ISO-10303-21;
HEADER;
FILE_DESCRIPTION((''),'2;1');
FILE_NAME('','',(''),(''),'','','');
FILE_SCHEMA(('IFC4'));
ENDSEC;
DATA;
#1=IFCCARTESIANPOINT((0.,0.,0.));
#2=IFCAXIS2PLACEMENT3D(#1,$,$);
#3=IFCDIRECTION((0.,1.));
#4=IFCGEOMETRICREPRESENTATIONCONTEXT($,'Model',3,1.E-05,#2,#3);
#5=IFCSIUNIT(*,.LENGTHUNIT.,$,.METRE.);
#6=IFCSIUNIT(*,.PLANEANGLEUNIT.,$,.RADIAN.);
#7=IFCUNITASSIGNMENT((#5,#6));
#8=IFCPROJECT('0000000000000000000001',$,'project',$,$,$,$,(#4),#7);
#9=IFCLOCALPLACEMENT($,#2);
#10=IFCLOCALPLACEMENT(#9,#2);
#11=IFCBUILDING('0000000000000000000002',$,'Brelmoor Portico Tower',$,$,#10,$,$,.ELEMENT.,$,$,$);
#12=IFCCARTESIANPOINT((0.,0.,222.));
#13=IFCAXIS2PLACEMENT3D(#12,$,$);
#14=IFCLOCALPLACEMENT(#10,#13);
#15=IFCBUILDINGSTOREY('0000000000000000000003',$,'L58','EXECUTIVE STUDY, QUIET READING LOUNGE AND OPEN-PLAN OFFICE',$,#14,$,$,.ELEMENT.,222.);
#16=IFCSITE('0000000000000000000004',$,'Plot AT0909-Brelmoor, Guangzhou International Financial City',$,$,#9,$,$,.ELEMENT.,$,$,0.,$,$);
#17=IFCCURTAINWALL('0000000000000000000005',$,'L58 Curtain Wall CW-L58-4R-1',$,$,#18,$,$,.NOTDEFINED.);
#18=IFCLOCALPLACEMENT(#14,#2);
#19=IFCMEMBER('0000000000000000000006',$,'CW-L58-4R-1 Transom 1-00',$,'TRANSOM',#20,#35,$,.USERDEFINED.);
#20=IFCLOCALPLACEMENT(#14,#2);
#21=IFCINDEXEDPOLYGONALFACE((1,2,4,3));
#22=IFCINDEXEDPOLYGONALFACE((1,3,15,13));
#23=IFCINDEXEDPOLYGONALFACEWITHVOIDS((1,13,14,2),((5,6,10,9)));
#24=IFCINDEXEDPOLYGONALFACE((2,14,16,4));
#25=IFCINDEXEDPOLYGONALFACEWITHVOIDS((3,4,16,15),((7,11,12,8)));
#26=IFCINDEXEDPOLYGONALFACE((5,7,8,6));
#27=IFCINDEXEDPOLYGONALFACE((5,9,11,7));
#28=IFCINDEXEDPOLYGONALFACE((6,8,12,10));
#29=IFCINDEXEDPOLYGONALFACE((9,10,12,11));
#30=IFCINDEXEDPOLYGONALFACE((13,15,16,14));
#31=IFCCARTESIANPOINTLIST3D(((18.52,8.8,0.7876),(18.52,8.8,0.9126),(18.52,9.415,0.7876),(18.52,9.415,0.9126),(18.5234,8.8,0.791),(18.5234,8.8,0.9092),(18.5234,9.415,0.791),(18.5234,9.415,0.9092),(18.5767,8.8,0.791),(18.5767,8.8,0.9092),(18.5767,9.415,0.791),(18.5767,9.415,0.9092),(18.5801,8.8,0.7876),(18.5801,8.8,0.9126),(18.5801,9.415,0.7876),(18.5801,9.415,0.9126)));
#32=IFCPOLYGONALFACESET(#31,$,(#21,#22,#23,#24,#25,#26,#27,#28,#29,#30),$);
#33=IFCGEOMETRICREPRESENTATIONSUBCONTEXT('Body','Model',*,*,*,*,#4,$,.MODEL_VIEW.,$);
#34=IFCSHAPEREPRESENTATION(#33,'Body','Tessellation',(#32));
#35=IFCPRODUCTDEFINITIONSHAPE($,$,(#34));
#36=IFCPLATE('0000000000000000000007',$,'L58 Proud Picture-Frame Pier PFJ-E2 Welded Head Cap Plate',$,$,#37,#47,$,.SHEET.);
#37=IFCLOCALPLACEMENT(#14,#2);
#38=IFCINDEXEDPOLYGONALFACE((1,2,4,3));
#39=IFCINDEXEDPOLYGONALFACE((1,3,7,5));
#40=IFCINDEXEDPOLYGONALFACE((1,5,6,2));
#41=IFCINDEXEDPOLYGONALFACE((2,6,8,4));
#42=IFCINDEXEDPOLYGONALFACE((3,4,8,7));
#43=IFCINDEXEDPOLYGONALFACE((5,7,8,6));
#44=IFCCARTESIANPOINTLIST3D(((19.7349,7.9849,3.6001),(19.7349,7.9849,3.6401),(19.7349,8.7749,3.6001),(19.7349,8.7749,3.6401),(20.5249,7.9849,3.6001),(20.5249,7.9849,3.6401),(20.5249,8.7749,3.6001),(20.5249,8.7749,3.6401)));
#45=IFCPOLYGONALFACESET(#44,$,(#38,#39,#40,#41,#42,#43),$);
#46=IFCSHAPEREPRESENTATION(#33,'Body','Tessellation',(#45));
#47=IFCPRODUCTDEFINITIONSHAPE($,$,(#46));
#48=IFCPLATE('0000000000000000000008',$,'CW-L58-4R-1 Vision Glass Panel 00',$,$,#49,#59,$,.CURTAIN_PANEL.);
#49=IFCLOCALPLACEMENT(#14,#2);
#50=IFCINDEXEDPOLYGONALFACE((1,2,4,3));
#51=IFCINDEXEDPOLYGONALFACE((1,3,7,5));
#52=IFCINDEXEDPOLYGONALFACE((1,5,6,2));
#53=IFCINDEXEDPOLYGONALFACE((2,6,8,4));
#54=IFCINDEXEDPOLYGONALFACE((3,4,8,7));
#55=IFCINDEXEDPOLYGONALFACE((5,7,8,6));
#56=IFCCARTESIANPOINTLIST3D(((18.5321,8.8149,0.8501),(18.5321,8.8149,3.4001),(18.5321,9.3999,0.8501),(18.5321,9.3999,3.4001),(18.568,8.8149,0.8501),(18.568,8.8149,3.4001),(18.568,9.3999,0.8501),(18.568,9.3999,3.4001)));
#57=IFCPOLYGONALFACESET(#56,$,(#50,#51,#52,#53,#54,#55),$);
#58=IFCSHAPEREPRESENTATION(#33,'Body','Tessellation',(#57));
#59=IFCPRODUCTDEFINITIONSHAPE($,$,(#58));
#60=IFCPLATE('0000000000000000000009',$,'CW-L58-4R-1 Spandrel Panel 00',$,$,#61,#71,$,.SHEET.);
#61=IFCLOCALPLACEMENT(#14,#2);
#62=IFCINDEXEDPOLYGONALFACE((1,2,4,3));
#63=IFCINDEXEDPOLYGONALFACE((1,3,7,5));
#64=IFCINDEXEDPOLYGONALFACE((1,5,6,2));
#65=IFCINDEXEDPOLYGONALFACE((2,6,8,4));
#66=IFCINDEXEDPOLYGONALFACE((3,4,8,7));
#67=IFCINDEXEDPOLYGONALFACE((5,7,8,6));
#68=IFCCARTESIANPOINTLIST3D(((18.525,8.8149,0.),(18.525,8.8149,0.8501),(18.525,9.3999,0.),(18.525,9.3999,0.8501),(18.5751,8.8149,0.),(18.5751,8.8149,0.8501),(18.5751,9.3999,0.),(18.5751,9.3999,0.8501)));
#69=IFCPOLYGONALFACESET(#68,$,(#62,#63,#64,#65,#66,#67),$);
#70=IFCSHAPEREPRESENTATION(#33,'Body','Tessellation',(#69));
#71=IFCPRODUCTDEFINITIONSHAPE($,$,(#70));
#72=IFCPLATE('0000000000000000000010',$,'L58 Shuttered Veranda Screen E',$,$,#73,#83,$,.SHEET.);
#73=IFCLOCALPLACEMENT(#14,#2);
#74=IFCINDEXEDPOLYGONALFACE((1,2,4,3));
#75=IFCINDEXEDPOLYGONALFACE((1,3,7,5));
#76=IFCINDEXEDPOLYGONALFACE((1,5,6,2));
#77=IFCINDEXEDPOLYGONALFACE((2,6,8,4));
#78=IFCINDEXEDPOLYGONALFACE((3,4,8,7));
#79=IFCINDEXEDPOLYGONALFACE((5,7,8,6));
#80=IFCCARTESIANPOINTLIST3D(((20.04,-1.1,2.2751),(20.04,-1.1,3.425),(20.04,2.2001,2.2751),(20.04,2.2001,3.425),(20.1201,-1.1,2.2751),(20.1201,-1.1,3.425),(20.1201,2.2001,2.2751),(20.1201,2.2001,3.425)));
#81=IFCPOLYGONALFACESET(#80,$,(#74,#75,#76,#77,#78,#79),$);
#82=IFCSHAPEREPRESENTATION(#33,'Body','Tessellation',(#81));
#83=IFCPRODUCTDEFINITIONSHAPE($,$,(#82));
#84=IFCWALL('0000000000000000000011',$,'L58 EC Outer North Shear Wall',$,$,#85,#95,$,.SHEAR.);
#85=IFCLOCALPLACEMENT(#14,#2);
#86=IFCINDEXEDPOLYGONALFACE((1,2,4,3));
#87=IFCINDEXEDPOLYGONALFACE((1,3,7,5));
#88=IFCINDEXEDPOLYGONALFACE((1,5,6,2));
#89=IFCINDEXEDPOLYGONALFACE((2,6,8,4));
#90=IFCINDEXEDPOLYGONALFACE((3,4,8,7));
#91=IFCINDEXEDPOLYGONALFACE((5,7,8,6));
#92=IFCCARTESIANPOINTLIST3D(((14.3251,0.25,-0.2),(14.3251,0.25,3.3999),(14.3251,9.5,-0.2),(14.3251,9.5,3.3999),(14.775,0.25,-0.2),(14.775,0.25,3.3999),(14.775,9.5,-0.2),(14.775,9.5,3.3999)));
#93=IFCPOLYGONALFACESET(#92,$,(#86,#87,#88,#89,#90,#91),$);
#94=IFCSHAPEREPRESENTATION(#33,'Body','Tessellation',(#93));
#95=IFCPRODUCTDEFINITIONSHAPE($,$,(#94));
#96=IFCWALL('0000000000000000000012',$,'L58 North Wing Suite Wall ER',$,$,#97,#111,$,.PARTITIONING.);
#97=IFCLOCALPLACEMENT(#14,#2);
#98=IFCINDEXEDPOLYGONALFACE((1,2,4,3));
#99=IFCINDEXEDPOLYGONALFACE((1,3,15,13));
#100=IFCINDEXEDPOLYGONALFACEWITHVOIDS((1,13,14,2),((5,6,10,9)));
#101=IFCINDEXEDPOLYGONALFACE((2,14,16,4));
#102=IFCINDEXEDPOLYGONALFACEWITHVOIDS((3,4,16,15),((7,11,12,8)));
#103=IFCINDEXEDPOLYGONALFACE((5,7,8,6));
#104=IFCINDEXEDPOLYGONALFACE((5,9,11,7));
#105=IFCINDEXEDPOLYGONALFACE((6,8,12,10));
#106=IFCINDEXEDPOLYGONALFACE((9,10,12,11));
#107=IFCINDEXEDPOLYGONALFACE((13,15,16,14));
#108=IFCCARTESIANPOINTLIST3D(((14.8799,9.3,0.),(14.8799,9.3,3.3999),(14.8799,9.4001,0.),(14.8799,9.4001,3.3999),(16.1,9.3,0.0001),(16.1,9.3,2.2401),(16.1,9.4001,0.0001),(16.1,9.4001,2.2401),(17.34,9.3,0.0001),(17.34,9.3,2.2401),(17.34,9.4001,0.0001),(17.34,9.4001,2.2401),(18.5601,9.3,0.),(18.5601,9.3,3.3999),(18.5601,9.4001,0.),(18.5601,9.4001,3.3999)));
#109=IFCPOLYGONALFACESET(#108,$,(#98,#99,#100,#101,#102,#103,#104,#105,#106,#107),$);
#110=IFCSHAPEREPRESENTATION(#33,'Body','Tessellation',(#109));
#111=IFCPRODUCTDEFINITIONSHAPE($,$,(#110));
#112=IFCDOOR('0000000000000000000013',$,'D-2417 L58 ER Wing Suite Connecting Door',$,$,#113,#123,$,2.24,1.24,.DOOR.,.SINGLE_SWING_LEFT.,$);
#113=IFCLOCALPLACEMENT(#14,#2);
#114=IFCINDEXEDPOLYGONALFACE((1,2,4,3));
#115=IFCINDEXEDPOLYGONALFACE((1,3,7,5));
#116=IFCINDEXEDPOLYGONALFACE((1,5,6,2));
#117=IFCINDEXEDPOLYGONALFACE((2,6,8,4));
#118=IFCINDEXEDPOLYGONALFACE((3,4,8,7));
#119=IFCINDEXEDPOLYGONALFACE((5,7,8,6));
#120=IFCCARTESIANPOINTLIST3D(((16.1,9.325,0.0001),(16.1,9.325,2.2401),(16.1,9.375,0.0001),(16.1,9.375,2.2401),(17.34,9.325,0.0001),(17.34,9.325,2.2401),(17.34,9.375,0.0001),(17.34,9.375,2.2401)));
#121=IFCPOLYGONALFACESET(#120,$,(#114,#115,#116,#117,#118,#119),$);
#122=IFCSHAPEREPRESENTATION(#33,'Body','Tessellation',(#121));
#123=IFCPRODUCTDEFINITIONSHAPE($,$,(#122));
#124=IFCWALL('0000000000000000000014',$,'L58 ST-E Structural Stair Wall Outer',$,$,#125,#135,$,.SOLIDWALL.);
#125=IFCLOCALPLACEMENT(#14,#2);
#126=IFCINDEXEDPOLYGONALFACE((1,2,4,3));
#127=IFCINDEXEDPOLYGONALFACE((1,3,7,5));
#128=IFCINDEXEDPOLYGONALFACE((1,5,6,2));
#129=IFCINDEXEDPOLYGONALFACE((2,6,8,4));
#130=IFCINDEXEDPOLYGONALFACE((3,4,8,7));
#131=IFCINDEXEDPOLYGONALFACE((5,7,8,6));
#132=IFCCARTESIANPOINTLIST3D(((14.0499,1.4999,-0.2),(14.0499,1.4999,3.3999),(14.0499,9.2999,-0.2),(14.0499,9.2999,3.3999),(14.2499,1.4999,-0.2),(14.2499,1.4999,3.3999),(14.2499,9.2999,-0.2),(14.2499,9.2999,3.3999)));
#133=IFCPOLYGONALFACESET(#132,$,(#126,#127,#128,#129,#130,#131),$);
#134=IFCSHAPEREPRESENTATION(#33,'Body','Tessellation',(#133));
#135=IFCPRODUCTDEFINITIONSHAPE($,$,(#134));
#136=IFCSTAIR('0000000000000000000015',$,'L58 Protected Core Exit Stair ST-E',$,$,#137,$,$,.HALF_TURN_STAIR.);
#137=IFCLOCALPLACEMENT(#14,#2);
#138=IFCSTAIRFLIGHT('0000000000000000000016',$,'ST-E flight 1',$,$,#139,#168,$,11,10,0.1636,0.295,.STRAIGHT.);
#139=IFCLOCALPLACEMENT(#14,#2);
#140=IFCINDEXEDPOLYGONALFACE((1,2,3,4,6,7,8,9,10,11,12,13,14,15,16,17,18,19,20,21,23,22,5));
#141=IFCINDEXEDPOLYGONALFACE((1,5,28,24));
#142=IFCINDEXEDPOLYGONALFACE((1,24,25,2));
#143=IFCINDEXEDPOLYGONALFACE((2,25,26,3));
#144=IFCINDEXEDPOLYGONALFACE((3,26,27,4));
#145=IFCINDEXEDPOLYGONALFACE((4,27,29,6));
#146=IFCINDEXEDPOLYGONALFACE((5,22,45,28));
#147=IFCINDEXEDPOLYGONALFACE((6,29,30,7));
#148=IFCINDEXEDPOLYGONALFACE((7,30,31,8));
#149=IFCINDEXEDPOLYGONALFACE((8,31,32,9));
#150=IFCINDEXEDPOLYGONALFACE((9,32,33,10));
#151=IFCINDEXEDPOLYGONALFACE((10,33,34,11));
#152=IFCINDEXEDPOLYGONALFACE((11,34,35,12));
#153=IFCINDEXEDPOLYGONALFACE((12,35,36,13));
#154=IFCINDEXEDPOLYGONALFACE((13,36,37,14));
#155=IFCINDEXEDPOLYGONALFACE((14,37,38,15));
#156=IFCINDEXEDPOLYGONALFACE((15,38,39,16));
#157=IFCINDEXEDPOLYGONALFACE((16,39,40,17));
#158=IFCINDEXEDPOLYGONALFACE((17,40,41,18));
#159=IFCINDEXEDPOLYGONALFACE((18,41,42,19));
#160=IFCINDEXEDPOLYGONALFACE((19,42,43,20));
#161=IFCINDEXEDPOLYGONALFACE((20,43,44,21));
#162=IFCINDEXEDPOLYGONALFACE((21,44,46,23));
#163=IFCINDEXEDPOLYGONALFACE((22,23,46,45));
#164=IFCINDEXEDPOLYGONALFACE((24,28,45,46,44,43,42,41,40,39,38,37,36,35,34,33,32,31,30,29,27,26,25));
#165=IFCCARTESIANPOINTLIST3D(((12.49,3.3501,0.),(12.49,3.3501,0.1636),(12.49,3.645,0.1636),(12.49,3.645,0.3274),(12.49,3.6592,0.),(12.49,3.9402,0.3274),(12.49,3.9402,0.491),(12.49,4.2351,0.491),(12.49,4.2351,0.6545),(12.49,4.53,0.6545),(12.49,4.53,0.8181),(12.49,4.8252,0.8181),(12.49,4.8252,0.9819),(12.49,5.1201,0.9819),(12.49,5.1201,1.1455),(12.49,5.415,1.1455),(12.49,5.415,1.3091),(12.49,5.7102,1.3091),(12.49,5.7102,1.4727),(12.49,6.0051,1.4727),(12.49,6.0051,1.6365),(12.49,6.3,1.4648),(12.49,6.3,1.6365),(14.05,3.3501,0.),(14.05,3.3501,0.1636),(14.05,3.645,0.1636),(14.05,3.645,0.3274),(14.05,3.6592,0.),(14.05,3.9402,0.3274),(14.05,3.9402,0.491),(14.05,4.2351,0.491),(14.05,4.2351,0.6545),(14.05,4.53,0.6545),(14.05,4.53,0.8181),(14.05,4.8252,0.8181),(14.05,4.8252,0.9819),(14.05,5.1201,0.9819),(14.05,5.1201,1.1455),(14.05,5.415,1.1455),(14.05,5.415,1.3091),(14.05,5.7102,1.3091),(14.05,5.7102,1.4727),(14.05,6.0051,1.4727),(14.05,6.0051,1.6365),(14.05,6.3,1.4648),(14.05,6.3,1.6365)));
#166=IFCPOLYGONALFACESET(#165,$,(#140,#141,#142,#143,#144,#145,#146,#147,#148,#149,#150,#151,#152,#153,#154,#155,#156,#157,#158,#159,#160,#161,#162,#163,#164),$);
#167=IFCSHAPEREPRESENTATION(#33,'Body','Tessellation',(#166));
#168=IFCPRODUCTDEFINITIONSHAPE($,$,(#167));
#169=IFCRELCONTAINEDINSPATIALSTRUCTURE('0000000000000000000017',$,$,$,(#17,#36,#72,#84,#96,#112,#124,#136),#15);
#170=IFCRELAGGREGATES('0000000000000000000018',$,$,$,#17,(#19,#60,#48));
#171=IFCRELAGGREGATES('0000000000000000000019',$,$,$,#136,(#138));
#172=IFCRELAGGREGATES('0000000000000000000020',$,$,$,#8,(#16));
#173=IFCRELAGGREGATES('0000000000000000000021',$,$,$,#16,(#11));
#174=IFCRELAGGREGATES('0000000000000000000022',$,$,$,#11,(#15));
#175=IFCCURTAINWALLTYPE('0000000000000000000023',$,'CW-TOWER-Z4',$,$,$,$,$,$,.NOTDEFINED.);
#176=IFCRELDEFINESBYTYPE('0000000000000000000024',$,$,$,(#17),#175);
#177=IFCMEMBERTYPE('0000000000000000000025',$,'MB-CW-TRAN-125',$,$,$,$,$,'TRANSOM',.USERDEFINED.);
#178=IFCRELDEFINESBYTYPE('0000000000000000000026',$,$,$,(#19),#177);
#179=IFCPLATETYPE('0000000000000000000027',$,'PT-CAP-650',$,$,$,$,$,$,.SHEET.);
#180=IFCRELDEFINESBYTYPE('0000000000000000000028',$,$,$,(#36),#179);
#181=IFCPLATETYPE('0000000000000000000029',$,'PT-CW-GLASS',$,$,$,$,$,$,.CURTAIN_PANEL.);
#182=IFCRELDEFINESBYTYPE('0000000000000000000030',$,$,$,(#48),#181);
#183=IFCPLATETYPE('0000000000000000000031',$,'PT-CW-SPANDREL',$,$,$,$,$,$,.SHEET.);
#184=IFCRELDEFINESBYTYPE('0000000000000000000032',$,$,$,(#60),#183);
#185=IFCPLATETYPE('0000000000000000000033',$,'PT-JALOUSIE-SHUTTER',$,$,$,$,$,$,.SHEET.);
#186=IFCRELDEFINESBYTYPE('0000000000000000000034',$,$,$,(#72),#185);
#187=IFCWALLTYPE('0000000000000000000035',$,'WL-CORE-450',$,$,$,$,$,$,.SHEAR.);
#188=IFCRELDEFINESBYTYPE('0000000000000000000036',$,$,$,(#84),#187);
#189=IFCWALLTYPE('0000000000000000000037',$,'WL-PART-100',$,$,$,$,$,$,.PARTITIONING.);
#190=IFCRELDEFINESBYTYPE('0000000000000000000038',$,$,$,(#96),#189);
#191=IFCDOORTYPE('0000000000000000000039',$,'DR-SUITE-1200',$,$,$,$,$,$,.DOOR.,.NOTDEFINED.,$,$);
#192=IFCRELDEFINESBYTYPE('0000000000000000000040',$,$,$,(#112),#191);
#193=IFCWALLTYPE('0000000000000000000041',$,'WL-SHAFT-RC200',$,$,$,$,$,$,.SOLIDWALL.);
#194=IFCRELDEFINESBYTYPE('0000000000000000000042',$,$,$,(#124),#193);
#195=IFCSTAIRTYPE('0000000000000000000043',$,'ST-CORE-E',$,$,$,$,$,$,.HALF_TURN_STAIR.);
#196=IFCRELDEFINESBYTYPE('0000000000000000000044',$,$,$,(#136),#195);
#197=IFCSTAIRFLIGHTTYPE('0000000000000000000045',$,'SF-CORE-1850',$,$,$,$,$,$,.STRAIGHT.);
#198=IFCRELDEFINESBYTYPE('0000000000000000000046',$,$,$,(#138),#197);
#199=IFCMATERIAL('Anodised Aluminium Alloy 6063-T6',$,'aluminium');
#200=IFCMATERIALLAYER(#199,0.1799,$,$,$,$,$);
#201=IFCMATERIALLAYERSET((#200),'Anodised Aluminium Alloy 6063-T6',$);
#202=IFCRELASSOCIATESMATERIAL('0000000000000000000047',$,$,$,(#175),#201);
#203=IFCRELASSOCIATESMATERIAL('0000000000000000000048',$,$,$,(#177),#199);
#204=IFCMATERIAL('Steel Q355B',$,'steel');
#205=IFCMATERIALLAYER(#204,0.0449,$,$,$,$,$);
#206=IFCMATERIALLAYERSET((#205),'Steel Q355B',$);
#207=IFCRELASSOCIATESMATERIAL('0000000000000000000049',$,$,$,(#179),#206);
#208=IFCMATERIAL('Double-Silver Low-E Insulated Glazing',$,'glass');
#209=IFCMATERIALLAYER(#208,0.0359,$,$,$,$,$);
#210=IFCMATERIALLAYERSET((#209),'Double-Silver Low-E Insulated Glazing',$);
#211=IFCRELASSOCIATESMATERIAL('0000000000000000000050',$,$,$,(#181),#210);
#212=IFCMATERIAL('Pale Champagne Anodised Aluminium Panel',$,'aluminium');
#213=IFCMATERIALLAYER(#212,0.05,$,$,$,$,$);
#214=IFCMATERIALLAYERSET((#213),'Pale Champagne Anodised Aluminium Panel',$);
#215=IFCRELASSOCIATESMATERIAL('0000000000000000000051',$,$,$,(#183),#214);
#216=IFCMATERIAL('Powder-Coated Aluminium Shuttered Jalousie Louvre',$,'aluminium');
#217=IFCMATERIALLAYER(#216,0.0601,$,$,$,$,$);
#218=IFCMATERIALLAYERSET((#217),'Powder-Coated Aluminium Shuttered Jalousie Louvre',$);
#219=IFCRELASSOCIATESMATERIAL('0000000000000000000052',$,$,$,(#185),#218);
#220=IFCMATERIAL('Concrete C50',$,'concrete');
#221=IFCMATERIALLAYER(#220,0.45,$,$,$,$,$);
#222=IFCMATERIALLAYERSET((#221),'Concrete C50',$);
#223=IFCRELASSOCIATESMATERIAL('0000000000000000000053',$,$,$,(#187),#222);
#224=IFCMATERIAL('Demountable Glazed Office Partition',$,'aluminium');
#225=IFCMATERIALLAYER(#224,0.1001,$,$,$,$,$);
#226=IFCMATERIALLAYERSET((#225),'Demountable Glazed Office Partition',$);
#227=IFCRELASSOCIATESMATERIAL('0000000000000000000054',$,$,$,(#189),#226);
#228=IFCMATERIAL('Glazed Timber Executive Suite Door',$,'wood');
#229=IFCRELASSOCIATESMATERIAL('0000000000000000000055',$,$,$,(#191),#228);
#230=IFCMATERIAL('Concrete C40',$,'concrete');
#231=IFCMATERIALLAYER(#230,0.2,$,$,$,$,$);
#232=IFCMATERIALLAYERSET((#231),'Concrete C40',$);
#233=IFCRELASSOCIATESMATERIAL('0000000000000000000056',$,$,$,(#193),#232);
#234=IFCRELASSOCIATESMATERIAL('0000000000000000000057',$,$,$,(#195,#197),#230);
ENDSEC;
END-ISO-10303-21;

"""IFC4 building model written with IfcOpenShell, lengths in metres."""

from ifc_helpers import new_model, si_unit, direction, frame, frame_2d, origin, origin_2d, place, context, subcontext, project, spatial, polyline, rectangle, hollow_rectangle, outline, extrude, material, layer, layer_set, material_profile, profile_set, type_object, element, fill, aggregate, save


model = new_model("IFC4")

# Units and contexts
model_context = context("Model", 3, precision=1e-05, world=origin(), true_north=direction((0.0, 1.0)))
body_context = subcontext(model_context, "Body", "Model", "MODEL_VIEW")
ifc_project = project(units=[si_unit("LENGTHUNIT", "METRE"), si_unit("PLANEANGLEUNIT", "RADIAN")], contexts=[model_context])

# Site, building, storey
site_placement = place(None, origin())
site = spatial("IfcSite", under=ifc_project, at=site_placement, Name="Plot AT0909-Brelmoor, Guangzhou International Financial City", CompositionType="ELEMENT", RefElevation=0.0)
building_placement = place(site_placement, origin())
building = spatial("IfcBuilding", under=site, at=building_placement, Name="Brelmoor Portico Tower", CompositionType="ELEMENT")
storey_placement = place(building_placement, frame((0.0, 0.0, 222.0)))
storey = spatial("IfcBuildingStorey", under=building, at=storey_placement, Name="L58", Description="EXECUTIVE STUDY, QUIET READING LOUNGE AND OPEN-PLAN OFFICE", CompositionType="ELEMENT", Elevation=222.0)

# Shared definitions
ifc_material_1 = material(Name="Steel Q355B", Category="steel")

# Curtain wall, member
ifc_material_2 = material(Name="Anodised Aluminium Alloy 6063-T6", Category="aluminium")
ifc_layer_1 = layer(ifc_material_2, 0.1799)
ifc_layer_set_1 = layer_set([ifc_layer_1], Name="Anodised Aluminium Alloy 6063-T6")
curtain_wall_type = type_object("IfcCurtainWallType", Name="CW-TOWER-Z4", PredefinedType="NOTDEFINED", material=ifc_layer_set_1)
curtain_wall_placement = place(storey_placement, origin())
curtain_wall = element("IfcCurtainWall", 1, at=curtain_wall_placement, inside=storey, type_object=curtain_wall_type, Name="L58 Curtain Wall CW-L58-4R-1", PredefinedType="NOTDEFINED")
ifc_material_profile_1 = material_profile(ifc_material_2, hollow_rectangle(XDim=0.0601, YDim=0.125, WallThickness=0.0034, at=origin_2d()), Name="ALU TRANSOM 60x125")
ifc_profile_set_1 = profile_set([ifc_material_profile_1], Name="Anodised Aluminium Alloy 6063-T6")
member_type_1 = type_object("IfcMemberType", Name="MB-CW-TRAN-125", ElementType="TRANSOM", PredefinedType="USERDEFINED", material=ifc_profile_set_1)
member_1_placement = place(storey_placement, frame((18.55, 8.8, 0.8501), z_axis=(0.0, 1.0, 0.0), x_axis=(-1.0, 0.0, 0.0)))
member_1 = element("IfcMember", 2, at=member_1_placement, type_object=member_type_1, Name="CW-L58-4R-1 Transom 1-00", ObjectType="TRANSOM", PredefinedType="USERDEFINED", context=body_context, shape_type="SweptSolid", body=[
    extrude(hollow_rectangle(XDim=0.0601, YDim=0.125, WallThickness=0.0034, at=origin_2d()), origin(), (0.0, 0.0, 1.0), 0.615),
])

# Plates
ifc_layer_2 = layer(ifc_material_1, 0.0449)
ifc_layer_set_2 = layer_set([ifc_layer_2], Name="Steel Q355B")
plate_type_1 = type_object("IfcPlateType", Name="PT-CAP-650", PredefinedType="SHEET", material=ifc_layer_set_2)
plate_1_placement = place(storey_placement, frame((20.1299, 8.3799, 3.6001), z_axis=(0.0, 0.0, 1.0), x_axis=(0.0, 1.0, 0.0)))
element("IfcPlate", 3, at=plate_1_placement, inside=storey, type_object=plate_type_1, Name="L58 Proud Picture-Frame Pier PFJ-E2 Welded Head Cap Plate", PredefinedType="SHEET", context=body_context, shape_type="SweptSolid", body=[
    extrude(rectangle(XDim=0.79, YDim=0.79, at=origin_2d()), origin(), (0.0, 0.0, 1.0), 0.04),
])
ifc_material_3 = material(Name="Double-Silver Low-E Insulated Glazing", Category="glass")
ifc_layer_3 = layer(ifc_material_3, 0.0359)
ifc_layer_set_3 = layer_set([ifc_layer_3], Name="Double-Silver Low-E Insulated Glazing")
plate_type_2 = type_object("IfcPlateType", Name="PT-CW-GLASS", PredefinedType="CURTAIN_PANEL", material=ifc_layer_set_3)
plate_2_placement = place(storey_placement, frame((18.55, 9.1074, 0.8501), z_axis=(0.0, 0.0, 1.0), x_axis=(0.0, 1.0, 0.0)))
plate_2 = element("IfcPlate", 4, at=plate_2_placement, type_object=plate_type_2, Name="CW-L58-4R-1 Vision Glass Panel 00", PredefinedType="CURTAIN_PANEL", context=body_context, shape_type="SweptSolid", body=[
    extrude(rectangle(XDim=0.585, YDim=0.0359, at=origin_2d()), origin(), (0.0, 0.0, 1.0), 2.55),
])
ifc_material_4 = material(Name="Pale Champagne Anodised Aluminium Panel", Category="aluminium")
ifc_layer_4 = layer(ifc_material_4, 0.05)
ifc_layer_set_4 = layer_set([ifc_layer_4], Name="Pale Champagne Anodised Aluminium Panel")
plate_type_3 = type_object("IfcPlateType", Name="PT-CW-SPANDREL", PredefinedType="SHEET", material=ifc_layer_set_4)
plate_3_placement = place(storey_placement, frame((18.55, 9.1074, 0.0), z_axis=(0.0, 0.0, 1.0), x_axis=(0.0, 1.0, 0.0)))
plate_3 = element("IfcPlate", 5, at=plate_3_placement, type_object=plate_type_3, Name="CW-L58-4R-1 Spandrel Panel 00", PredefinedType="SHEET", context=body_context, shape_type="SweptSolid", body=[
    extrude(rectangle(XDim=0.585, YDim=0.05, at=origin_2d()), origin(), (0.0, 0.0, 1.0), 0.8501),
])
aggregate(curtain_wall, [member_1, plate_3, plate_2])
ifc_material_5 = material(Name="Powder-Coated Aluminium Shuttered Jalousie Louvre", Category="aluminium")
ifc_layer_5 = layer(ifc_material_5, 0.0601)
ifc_layer_set_5 = layer_set([ifc_layer_5], Name="Powder-Coated Aluminium Shuttered Jalousie Louvre")
plate_type_4 = type_object("IfcPlateType", Name="PT-JALOUSIE-SHUTTER", PredefinedType="SHEET", material=ifc_layer_set_5)
plate_4_placement = place(storey_placement, frame((20.0801, 0.55, 2.2751), z_axis=(0.0, 0.0, 1.0), x_axis=(0.0, 1.0, 0.0)))
element("IfcPlate", 6, at=plate_4_placement, inside=storey, type_object=plate_type_4, Name="L58 Shuttered Veranda Screen E", PredefinedType="SHEET", context=body_context, shape_type="SweptSolid", body=[
    extrude(rectangle(XDim=3.3, YDim=0.0801, at=origin_2d()), origin(), (0.0, 0.0, 1.0), 1.1499),
])

# Wall
ifc_material_6 = material(Name="Concrete C50", Category="concrete")
ifc_layer_6 = layer(ifc_material_6, 0.45)
ifc_layer_set_6 = layer_set([ifc_layer_6], Name="Concrete C50")
wall_type_1 = type_object("IfcWallType", Name="WL-CORE-450", PredefinedType="SHEAR", material=ifc_layer_set_6)
wall_1_placement = place(storey_placement, frame((14.55, 0.25, -0.2), z_axis=(0.0, 0.0, 1.0), x_axis=(0.0, 1.0, 0.0)))
element("IfcWall", 7, at=wall_1_placement, inside=storey, type_object=wall_type_1, Name="L58 EC Outer North Shear Wall", PredefinedType="SHEAR", context=body_context, shape_type="SweptSolid", body=[
    extrude(rectangle(XDim=9.25, YDim=0.45, at=frame_2d((4.625, 0.0))), origin(), (0.0, 0.0, 1.0), 3.5999),
])

# Wall, opening, door
ifc_material_7 = material(Name="Demountable Glazed Office Partition", Category="aluminium")
ifc_layer_7 = layer(ifc_material_7, 0.1001)
ifc_layer_set_7 = layer_set([ifc_layer_7], Name="Demountable Glazed Office Partition")
wall_type_2 = type_object("IfcWallType", Name="WL-PART-100", PredefinedType="PARTITIONING", material=ifc_layer_set_7)
wall_2_placement = place(storey_placement, frame((14.8799, 9.3501, 0.0), z_axis=(0.0, 0.0, 1.0), x_axis=(1.0, 0.0, 0.0)))
wall_2 = element("IfcWall", 8, at=wall_2_placement, inside=storey, type_object=wall_type_2, Name="L58 North Wing Suite Wall ER", PredefinedType="PARTITIONING", context=body_context, shape_type="SweptSolid", body=[
    extrude(rectangle(XDim=3.6802, YDim=0.1001, at=frame_2d((1.8401, 0.0))), origin(), (0.0, 0.0, 1.0), 3.3999),
])
opening_placement = place(wall_2_placement, frame((1.22, 0.0, 0.0)))
opening = element("IfcOpeningElement", 9, at=opening_placement, cuts=wall_2, PredefinedType="OPENING", context=body_context, shape_type="SweptSolid", body=[
    extrude(rectangle(XDim=1.24, YDim=2.24, at=frame_2d((0.6201, 1.1201))), frame((0.0, 0.0601, 0.0), z_axis=(0.0, -1.0, 0.0), x_axis=(1.0, 0.0, 0.0)), (0.0, 0.0, 1.0), 0.1201),
])
ifc_material_8 = material(Name="Glazed Timber Executive Suite Door", Category="wood")
door_type = type_object("IfcDoorType", Name="DR-SUITE-1200", OperationType="NOTDEFINED", PredefinedType="DOOR", material=ifc_material_8)
door_placement = place(opening_placement, origin())
door = element("IfcDoor", 10, at=door_placement, inside=storey, type_object=door_type, Name="D-2417 L58 ER Wing Suite Connecting Door", OperationType="SINGLE_SWING_LEFT", OverallHeight=2.24, OverallWidth=1.24, PredefinedType="DOOR", context=body_context, shape_type="SweptSolid", body=[
    extrude(rectangle(XDim=1.24, YDim=2.24, at=frame_2d((0.6201, 1.1201))), frame((0.0, 0.0249, 0.0), z_axis=(0.0, -1.0, 0.0), x_axis=(1.0, 0.0, 0.0)), (0.0, 0.0, 1.0), 0.05),
])
fill(opening, door)

# Wall
ifc_material_9 = material(Name="Concrete C40", Category="concrete")
ifc_layer_8 = layer(ifc_material_9, 0.2)
ifc_layer_set_8 = layer_set([ifc_layer_8], Name="Concrete C40")
wall_type_3 = type_object("IfcWallType", Name="WL-SHAFT-RC200", PredefinedType="SOLIDWALL", material=ifc_layer_set_8)
wall_3_placement = place(storey_placement, frame((14.1499, 1.5, -0.2), z_axis=(0.0, 0.0, 1.0), x_axis=(0.0, 1.0, 0.0)))
element("IfcWall", 11, at=wall_3_placement, inside=storey, type_object=wall_type_3, Name="L58 ST-E Structural Stair Wall Outer", PredefinedType="SOLIDWALL", context=body_context, shape_type="SweptSolid", body=[
    extrude(rectangle(XDim=7.8, YDim=0.2, at=frame_2d((3.8999, 0.0))), origin(), (0.0, 0.0, 1.0), 3.5999),
])

# Stair, stair flight
stair_type = type_object("IfcStairType", Name="ST-CORE-E", PredefinedType="HALF_TURN_STAIR", material=ifc_material_9)
stair_placement = place(storey_placement, origin())
stair = element("IfcStair", 12, at=stair_placement, inside=storey, type_object=stair_type, Name="L58 Protected Core Exit Stair ST-E", PredefinedType="HALF_TURN_STAIR")
stair_flight_type = type_object("IfcStairFlightType", Name="SF-CORE-1850", PredefinedType="STRAIGHT", material=ifc_material_9)
stair_flight_placement = place(storey_placement, frame((13.27, 3.3501, 0.0), z_axis=(0.0, 0.0, 1.0), x_axis=(0.0, 1.0, 0.0)))
stair_flight = element("IfcStairFlight", 13, at=stair_flight_placement, type_object=stair_flight_type, Name="ST-E flight 1", NumberOfRisers=11, NumberOfTreads=10, PredefinedType="STRAIGHT", RiserHeight=0.1636, TreadLength=0.295, context=body_context, shape_type="SweptSolid", body=[
    extrude(outline(polyline([(0.0, 0.0), (0.0, 0.1636), (0.2949, 0.1636), (0.2949, 0.3274), (0.5901, 0.3274), (0.5901, 0.491), (0.885, 0.491), (0.885, 0.6545), (1.1799, 0.6545), (1.1799, 0.8181), (1.4751, 0.8181), (1.4751, 0.9819), (1.77, 0.9819), (1.77, 1.1455), (2.0649, 1.1455), (2.0649, 1.3091), (2.3601, 1.3091), (2.3601, 1.4727), (2.655, 1.4727), (2.655, 1.6365), (2.95, 1.6365), (2.95, 1.8), (2.95, 1.4648), (0.3091, 0.0), (0.0, 0.0)])), frame((0.0, 0.78, 0.0), z_axis=(0.0, -1.0, 0.0), x_axis=(1.0, 0.0, 0.0)), (0.0, 0.0, 1.0), 1.5601),
])
aggregate(stair, [stair_flight])

save(model, "model.ifc")
